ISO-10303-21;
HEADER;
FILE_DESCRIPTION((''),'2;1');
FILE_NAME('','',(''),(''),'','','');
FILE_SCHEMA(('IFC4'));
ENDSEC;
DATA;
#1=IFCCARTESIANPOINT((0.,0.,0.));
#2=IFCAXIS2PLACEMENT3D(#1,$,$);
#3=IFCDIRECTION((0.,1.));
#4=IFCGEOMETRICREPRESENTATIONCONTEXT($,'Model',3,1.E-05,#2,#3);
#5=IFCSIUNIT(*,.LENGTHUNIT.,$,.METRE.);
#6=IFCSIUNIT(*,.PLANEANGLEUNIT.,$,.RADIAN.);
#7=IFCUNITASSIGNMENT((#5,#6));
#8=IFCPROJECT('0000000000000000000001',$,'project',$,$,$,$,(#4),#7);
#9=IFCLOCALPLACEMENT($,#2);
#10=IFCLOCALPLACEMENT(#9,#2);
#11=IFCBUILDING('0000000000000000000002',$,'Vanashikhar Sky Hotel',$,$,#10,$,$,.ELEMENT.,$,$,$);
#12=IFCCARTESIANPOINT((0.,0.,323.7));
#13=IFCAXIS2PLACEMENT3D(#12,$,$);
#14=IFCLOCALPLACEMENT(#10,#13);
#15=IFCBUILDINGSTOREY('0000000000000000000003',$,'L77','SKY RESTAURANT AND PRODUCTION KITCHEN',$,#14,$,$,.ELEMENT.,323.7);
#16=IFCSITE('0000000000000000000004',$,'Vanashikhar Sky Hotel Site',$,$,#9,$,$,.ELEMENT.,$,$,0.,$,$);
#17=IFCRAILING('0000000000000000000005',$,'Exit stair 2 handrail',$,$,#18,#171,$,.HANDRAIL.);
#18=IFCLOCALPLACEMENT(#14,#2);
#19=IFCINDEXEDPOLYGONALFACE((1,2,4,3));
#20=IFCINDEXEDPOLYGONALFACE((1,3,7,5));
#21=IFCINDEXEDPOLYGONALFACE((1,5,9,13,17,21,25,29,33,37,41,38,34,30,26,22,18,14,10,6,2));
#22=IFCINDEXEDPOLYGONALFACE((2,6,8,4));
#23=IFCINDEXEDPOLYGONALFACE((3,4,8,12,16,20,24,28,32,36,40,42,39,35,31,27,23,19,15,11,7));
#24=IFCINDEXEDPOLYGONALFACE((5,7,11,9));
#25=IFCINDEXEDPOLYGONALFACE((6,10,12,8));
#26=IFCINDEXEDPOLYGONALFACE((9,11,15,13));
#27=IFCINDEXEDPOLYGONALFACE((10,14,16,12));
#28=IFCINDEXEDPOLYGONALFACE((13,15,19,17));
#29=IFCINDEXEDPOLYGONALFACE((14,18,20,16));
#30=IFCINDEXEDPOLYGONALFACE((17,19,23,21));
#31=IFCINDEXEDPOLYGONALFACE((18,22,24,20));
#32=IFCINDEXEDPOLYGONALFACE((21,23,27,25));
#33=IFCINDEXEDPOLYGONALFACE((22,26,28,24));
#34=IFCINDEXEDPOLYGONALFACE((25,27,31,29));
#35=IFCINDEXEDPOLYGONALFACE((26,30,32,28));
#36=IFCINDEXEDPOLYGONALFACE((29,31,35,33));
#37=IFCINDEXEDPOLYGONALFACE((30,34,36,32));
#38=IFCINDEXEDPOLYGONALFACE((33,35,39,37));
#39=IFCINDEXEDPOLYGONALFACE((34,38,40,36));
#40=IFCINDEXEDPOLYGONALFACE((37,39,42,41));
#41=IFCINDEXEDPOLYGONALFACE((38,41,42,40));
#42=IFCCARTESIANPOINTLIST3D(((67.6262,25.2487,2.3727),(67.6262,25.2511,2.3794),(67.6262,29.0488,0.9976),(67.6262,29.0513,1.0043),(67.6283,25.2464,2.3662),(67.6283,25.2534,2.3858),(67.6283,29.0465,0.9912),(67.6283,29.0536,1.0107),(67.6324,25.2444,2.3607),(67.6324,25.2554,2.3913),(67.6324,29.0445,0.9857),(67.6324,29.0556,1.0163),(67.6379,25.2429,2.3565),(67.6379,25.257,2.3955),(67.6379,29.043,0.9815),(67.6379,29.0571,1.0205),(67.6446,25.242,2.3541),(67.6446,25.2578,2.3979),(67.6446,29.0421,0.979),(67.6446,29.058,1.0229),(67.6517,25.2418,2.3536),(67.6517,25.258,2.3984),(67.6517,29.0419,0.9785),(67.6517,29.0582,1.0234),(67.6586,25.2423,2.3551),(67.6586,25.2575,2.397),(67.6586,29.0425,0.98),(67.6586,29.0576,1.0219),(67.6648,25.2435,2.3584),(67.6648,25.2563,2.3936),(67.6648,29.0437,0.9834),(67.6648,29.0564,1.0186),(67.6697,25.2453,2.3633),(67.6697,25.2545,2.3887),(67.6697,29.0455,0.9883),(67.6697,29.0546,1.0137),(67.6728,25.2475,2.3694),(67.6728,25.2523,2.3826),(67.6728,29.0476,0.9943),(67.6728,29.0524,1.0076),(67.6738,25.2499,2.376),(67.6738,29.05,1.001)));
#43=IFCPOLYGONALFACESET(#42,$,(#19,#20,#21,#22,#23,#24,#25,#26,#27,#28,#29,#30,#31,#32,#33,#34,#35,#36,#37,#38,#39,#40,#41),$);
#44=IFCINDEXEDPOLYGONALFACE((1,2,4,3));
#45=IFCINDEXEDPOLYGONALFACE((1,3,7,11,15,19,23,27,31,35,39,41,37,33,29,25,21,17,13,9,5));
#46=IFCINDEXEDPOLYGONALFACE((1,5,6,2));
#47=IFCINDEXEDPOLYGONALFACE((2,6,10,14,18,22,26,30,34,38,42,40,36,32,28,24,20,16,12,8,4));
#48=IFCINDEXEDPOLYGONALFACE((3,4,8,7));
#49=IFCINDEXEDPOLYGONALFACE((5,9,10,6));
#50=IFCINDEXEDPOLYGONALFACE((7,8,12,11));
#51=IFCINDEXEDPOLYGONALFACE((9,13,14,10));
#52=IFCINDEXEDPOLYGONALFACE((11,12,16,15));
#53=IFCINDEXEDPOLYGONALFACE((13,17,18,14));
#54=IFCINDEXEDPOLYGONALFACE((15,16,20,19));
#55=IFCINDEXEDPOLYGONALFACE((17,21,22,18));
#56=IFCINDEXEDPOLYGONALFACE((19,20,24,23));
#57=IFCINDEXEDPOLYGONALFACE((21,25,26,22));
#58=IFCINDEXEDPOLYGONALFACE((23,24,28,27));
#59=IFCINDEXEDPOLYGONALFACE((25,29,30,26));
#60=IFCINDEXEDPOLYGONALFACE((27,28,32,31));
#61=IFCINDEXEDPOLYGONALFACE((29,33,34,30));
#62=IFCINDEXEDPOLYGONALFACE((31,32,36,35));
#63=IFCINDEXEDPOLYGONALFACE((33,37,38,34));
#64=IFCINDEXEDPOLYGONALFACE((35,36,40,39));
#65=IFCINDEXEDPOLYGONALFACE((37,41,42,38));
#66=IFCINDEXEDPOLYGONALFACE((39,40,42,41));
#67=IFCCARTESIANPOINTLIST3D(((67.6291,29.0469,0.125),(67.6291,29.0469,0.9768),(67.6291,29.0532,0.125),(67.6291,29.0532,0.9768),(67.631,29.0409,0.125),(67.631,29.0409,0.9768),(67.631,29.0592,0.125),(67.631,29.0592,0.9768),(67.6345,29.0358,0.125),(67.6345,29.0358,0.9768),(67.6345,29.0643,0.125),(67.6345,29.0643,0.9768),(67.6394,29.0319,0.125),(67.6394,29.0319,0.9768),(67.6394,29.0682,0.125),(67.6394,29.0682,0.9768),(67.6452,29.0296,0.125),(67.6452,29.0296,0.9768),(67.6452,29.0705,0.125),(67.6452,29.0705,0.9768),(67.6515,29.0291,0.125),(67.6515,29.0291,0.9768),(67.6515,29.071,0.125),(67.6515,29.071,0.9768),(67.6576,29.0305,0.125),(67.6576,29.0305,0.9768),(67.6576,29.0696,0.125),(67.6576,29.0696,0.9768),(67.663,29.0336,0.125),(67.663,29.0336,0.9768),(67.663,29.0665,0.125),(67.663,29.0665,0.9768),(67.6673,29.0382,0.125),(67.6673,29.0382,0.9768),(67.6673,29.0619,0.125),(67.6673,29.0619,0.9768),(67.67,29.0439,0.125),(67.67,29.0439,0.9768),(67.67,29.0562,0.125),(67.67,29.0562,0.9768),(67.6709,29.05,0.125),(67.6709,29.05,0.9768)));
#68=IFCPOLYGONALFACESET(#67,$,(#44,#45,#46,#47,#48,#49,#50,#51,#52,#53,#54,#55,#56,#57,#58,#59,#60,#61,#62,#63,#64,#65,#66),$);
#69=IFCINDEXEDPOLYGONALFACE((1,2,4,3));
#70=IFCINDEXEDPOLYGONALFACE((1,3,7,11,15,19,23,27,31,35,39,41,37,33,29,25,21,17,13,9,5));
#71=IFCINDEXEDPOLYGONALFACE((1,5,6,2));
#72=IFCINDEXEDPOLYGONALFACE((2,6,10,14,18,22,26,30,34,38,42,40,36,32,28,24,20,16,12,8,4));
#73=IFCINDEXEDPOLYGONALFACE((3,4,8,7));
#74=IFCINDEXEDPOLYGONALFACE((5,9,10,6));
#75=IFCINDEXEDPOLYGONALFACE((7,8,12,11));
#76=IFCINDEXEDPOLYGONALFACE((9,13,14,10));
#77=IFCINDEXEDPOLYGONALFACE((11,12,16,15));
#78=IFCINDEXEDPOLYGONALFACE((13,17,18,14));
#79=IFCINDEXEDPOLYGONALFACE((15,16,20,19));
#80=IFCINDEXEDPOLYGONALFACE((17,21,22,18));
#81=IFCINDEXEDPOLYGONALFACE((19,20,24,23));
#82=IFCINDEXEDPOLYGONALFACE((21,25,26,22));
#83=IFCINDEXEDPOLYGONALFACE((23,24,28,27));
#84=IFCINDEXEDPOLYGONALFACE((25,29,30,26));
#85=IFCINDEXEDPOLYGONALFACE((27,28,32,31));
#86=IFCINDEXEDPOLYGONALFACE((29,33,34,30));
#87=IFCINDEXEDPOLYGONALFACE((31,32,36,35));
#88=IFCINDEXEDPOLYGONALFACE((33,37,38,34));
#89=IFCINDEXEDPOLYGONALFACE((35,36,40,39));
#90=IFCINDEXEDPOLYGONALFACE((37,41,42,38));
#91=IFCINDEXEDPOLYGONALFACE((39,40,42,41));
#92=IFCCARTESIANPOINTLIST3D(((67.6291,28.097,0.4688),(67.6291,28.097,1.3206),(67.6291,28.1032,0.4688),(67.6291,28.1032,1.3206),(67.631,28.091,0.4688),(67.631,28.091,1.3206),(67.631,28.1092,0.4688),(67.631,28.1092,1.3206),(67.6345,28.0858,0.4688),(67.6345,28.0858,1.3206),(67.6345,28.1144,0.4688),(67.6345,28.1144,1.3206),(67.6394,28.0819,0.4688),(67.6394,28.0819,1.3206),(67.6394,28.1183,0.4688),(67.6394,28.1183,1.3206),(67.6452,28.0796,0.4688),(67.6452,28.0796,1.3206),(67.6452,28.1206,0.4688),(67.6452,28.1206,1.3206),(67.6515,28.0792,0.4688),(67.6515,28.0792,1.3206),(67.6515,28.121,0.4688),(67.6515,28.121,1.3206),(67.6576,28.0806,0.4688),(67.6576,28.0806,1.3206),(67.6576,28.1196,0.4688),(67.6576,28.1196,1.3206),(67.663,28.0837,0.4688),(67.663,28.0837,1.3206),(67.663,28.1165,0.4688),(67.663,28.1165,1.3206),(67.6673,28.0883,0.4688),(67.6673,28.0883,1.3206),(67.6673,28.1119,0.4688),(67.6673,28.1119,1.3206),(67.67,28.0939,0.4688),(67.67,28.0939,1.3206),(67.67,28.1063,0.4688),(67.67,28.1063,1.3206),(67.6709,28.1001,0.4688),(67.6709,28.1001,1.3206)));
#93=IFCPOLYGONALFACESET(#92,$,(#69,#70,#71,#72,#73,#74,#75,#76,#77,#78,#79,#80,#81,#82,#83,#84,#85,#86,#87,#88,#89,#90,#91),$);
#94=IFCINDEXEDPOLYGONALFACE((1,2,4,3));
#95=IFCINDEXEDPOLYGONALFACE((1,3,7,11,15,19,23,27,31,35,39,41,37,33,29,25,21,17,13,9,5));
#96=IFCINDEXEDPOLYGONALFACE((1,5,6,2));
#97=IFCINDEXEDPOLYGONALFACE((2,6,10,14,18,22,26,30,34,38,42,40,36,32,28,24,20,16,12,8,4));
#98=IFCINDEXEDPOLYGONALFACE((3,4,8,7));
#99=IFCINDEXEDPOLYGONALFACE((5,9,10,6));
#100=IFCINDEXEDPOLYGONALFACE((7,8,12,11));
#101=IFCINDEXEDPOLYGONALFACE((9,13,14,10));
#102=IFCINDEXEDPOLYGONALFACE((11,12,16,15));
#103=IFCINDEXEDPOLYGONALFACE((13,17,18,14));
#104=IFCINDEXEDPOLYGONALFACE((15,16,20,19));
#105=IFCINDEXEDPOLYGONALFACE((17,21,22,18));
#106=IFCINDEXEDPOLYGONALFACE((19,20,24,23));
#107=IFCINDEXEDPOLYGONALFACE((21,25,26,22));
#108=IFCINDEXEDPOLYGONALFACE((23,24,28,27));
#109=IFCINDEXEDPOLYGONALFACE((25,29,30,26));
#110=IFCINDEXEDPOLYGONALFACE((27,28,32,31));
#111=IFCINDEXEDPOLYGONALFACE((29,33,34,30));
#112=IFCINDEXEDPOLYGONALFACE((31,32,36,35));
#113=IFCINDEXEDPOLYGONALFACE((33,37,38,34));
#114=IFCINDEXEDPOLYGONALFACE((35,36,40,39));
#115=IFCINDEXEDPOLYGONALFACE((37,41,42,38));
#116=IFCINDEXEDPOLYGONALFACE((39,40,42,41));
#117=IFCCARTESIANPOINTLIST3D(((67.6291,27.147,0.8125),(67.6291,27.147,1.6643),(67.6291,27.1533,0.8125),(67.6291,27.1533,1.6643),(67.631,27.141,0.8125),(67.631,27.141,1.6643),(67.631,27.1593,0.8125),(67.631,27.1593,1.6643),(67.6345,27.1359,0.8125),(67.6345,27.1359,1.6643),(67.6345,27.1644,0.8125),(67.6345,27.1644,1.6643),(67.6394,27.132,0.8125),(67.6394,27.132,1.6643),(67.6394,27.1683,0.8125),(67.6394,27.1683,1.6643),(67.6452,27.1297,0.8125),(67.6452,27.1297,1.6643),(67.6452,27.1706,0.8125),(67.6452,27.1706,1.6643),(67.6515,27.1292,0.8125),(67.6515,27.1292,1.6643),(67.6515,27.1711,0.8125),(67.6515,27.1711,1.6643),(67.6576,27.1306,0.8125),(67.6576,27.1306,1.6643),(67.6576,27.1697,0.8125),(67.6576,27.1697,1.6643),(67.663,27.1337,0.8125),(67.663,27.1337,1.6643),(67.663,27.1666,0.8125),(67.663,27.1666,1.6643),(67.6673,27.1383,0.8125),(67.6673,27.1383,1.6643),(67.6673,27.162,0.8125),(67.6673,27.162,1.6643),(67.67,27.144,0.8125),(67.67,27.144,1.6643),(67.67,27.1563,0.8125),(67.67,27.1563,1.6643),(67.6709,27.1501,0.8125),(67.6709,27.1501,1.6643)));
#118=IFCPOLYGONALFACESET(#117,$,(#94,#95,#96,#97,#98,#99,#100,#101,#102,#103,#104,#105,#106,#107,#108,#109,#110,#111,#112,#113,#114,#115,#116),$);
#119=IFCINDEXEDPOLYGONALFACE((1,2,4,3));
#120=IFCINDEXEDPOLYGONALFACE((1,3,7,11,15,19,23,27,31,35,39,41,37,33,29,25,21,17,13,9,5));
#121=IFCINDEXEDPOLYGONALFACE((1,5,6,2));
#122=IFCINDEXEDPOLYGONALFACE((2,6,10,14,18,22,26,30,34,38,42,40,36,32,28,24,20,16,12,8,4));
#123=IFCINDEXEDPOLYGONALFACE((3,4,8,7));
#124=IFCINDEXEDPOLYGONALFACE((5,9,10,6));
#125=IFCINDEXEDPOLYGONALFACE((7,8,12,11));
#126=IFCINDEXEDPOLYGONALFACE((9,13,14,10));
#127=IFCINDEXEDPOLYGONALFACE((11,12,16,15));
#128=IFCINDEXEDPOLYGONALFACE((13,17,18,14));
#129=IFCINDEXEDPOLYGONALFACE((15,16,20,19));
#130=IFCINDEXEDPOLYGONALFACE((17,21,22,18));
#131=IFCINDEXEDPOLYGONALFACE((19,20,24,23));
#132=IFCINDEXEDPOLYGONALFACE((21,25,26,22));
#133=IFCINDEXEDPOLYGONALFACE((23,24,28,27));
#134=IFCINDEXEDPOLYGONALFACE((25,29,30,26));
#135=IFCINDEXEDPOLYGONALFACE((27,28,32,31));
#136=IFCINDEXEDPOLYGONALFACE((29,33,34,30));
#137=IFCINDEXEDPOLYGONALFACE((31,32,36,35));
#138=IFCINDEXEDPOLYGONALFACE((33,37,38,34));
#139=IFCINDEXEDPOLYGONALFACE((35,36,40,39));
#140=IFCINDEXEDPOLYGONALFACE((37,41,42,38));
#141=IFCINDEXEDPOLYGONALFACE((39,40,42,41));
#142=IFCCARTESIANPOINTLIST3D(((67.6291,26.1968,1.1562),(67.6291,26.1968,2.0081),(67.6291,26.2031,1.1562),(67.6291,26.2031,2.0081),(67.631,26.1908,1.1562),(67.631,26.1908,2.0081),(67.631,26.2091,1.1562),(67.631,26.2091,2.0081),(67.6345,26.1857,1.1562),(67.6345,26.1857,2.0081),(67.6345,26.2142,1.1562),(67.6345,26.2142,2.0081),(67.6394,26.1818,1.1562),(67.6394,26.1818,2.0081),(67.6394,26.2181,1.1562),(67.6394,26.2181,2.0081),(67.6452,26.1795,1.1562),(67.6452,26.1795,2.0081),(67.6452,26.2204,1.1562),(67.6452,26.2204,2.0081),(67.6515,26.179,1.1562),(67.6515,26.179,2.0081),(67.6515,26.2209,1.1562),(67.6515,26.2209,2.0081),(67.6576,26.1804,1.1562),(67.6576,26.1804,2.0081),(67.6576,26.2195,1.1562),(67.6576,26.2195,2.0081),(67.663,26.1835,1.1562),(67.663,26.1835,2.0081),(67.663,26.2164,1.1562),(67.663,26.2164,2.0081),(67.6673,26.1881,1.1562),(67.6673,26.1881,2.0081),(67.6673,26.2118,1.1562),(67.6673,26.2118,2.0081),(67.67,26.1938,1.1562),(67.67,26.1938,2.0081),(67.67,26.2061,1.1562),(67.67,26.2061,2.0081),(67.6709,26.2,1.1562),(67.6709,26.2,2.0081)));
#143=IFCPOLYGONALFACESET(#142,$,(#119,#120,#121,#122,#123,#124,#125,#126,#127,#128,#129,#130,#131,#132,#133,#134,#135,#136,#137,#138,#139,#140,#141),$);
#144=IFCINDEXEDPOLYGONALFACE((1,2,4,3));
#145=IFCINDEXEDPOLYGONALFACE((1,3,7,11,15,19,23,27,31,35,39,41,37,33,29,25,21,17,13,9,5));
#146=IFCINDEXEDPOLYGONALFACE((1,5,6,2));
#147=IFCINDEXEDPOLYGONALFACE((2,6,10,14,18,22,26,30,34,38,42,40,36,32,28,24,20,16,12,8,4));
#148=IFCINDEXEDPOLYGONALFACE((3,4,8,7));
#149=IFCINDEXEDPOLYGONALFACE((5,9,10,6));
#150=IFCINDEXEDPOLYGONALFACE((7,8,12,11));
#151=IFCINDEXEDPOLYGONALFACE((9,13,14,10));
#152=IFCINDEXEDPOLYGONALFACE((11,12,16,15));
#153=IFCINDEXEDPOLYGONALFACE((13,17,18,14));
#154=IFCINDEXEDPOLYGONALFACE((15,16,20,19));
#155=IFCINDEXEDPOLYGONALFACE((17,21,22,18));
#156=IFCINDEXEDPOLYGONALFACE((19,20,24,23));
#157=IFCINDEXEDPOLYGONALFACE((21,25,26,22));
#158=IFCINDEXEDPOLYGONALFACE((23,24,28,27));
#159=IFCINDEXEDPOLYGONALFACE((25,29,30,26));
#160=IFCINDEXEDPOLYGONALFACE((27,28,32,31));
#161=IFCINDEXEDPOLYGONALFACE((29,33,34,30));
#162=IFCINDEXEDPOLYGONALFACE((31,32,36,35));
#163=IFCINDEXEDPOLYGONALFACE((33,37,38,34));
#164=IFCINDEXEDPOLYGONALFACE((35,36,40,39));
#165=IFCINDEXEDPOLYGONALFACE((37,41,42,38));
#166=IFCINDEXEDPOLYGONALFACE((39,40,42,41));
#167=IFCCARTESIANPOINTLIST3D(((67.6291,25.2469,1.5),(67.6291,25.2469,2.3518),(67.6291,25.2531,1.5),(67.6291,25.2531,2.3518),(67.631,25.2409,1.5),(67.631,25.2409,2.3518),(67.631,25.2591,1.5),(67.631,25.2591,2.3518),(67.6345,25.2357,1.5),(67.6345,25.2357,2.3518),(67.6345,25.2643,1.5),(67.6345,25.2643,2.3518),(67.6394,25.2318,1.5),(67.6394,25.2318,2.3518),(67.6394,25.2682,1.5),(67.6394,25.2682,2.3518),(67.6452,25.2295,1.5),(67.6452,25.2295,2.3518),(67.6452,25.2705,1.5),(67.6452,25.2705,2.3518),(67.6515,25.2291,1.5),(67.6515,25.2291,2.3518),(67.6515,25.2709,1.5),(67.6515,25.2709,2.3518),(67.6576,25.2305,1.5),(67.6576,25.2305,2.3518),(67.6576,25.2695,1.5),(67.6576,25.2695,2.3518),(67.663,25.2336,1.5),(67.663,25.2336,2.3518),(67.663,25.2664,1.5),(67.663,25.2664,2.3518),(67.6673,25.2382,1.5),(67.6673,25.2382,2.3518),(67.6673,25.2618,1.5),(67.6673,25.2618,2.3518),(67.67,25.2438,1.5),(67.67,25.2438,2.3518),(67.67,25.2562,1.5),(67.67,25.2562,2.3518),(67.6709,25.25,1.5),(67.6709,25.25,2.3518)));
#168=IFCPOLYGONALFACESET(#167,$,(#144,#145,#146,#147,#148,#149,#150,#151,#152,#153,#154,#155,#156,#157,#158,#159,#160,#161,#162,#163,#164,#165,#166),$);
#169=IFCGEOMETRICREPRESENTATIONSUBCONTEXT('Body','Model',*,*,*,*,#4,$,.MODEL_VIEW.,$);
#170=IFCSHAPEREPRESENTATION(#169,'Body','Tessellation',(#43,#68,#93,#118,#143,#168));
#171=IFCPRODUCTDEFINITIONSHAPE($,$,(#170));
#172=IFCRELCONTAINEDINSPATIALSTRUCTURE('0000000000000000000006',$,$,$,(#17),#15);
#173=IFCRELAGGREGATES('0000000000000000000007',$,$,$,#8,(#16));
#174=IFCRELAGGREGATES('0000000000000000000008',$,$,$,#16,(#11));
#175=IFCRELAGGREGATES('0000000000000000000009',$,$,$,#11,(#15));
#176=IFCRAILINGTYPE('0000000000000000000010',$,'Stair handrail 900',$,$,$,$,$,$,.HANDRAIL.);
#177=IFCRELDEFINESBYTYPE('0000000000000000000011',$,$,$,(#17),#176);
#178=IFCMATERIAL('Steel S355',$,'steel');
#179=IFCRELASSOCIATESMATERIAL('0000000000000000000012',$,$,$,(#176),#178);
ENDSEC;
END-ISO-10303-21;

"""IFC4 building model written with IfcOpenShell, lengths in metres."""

from ifc_helpers import new_model, si_unit, direction, frame, origin, origin_2d, place, context, subcontext, project, spatial, circle, extrude, source, transform, mapped, material, type_object, element, save


model = new_model("IFC4")

# Units and contexts
model_context = context("Model", 3, precision=1e-05, world=origin(), true_north=direction((0.0, 1.0)))
body_context = subcontext(model_context, "Body", "Model", "MODEL_VIEW")
ifc_project = project(units=[si_unit("LENGTHUNIT", "METRE"), si_unit("PLANEANGLEUNIT", "RADIAN")], contexts=[model_context])

# Site, building, storey
site_placement = place(None, origin())
site = spatial("IfcSite", under=ifc_project, at=site_placement, Name="Vanashikhar Sky Hotel Site", CompositionType="ELEMENT", RefElevation=0.0)
building_placement = place(site_placement, origin())
building = spatial("IfcBuilding", under=site, at=building_placement, Name="Vanashikhar Sky Hotel", CompositionType="ELEMENT")
storey_placement = place(building_placement, frame((0.0, 0.0, 323.7)))
storey = spatial("IfcBuildingStorey", under=building, at=storey_placement, Name="L77", Description="SKY RESTAURANT AND PRODUCTION KITCHEN", CompositionType="ELEMENT", Elevation=323.7)

# Railing
ifc_material_1 = material(Name="Steel S355", Category="steel")
railing_type = type_object("IfcRailingType", Name="Stair handrail 900", PredefinedType="HANDRAIL", material=ifc_material_1)
shared_shape_1 = source(origin(), body_context, "Body", "SweptSolid", [
    extrude(circle(Radius=0.0239, at=origin_2d()), frame((0.0, 0.0, 0.876), z_axis=(0.0, -0.940336, 0.340249), x_axis=(1.0, 0.0, 0.0)), (0.0, 0.0, 1.0), 4.0413),
    extrude(circle(Radius=0.021, at=origin_2d()), origin(), (0.0, 0.0, 1.0), 0.8518),
    extrude(circle(Radius=0.021, at=origin_2d()), frame((0.0, -0.95, 0.3438)), (0.0, 0.0, 1.0), 0.8518),
    extrude(circle(Radius=0.021, at=origin_2d()), frame((0.0, -1.8999, 0.6875)), (0.0, 0.0, 1.0), 0.8518),
    extrude(circle(Radius=0.021, at=origin_2d()), frame((0.0, -2.8501, 1.0312)), (0.0, 0.0, 1.0), 0.8518),
    extrude(circle(Radius=0.021, at=origin_2d()), frame((0.0, -3.8, 1.375)), (0.0, 0.0, 1.0), 0.8518),
])
for number, where, name in (
    (1, (67.6499, 29.05, 0.125), "Exit stair 2 handrail"),
):
    element("IfcRailing", number, at=place(storey_placement, frame(where)), inside=storey, type_object=railing_type, Name=name, PredefinedType="HANDRAIL", context=body_context, shape_type="MappedRepresentation", body=[
        mapped(shared_shape_1, transform((0.0, 0.0, 0.0), scale=1.0)),
    ])

save(model, "model.ifc")
